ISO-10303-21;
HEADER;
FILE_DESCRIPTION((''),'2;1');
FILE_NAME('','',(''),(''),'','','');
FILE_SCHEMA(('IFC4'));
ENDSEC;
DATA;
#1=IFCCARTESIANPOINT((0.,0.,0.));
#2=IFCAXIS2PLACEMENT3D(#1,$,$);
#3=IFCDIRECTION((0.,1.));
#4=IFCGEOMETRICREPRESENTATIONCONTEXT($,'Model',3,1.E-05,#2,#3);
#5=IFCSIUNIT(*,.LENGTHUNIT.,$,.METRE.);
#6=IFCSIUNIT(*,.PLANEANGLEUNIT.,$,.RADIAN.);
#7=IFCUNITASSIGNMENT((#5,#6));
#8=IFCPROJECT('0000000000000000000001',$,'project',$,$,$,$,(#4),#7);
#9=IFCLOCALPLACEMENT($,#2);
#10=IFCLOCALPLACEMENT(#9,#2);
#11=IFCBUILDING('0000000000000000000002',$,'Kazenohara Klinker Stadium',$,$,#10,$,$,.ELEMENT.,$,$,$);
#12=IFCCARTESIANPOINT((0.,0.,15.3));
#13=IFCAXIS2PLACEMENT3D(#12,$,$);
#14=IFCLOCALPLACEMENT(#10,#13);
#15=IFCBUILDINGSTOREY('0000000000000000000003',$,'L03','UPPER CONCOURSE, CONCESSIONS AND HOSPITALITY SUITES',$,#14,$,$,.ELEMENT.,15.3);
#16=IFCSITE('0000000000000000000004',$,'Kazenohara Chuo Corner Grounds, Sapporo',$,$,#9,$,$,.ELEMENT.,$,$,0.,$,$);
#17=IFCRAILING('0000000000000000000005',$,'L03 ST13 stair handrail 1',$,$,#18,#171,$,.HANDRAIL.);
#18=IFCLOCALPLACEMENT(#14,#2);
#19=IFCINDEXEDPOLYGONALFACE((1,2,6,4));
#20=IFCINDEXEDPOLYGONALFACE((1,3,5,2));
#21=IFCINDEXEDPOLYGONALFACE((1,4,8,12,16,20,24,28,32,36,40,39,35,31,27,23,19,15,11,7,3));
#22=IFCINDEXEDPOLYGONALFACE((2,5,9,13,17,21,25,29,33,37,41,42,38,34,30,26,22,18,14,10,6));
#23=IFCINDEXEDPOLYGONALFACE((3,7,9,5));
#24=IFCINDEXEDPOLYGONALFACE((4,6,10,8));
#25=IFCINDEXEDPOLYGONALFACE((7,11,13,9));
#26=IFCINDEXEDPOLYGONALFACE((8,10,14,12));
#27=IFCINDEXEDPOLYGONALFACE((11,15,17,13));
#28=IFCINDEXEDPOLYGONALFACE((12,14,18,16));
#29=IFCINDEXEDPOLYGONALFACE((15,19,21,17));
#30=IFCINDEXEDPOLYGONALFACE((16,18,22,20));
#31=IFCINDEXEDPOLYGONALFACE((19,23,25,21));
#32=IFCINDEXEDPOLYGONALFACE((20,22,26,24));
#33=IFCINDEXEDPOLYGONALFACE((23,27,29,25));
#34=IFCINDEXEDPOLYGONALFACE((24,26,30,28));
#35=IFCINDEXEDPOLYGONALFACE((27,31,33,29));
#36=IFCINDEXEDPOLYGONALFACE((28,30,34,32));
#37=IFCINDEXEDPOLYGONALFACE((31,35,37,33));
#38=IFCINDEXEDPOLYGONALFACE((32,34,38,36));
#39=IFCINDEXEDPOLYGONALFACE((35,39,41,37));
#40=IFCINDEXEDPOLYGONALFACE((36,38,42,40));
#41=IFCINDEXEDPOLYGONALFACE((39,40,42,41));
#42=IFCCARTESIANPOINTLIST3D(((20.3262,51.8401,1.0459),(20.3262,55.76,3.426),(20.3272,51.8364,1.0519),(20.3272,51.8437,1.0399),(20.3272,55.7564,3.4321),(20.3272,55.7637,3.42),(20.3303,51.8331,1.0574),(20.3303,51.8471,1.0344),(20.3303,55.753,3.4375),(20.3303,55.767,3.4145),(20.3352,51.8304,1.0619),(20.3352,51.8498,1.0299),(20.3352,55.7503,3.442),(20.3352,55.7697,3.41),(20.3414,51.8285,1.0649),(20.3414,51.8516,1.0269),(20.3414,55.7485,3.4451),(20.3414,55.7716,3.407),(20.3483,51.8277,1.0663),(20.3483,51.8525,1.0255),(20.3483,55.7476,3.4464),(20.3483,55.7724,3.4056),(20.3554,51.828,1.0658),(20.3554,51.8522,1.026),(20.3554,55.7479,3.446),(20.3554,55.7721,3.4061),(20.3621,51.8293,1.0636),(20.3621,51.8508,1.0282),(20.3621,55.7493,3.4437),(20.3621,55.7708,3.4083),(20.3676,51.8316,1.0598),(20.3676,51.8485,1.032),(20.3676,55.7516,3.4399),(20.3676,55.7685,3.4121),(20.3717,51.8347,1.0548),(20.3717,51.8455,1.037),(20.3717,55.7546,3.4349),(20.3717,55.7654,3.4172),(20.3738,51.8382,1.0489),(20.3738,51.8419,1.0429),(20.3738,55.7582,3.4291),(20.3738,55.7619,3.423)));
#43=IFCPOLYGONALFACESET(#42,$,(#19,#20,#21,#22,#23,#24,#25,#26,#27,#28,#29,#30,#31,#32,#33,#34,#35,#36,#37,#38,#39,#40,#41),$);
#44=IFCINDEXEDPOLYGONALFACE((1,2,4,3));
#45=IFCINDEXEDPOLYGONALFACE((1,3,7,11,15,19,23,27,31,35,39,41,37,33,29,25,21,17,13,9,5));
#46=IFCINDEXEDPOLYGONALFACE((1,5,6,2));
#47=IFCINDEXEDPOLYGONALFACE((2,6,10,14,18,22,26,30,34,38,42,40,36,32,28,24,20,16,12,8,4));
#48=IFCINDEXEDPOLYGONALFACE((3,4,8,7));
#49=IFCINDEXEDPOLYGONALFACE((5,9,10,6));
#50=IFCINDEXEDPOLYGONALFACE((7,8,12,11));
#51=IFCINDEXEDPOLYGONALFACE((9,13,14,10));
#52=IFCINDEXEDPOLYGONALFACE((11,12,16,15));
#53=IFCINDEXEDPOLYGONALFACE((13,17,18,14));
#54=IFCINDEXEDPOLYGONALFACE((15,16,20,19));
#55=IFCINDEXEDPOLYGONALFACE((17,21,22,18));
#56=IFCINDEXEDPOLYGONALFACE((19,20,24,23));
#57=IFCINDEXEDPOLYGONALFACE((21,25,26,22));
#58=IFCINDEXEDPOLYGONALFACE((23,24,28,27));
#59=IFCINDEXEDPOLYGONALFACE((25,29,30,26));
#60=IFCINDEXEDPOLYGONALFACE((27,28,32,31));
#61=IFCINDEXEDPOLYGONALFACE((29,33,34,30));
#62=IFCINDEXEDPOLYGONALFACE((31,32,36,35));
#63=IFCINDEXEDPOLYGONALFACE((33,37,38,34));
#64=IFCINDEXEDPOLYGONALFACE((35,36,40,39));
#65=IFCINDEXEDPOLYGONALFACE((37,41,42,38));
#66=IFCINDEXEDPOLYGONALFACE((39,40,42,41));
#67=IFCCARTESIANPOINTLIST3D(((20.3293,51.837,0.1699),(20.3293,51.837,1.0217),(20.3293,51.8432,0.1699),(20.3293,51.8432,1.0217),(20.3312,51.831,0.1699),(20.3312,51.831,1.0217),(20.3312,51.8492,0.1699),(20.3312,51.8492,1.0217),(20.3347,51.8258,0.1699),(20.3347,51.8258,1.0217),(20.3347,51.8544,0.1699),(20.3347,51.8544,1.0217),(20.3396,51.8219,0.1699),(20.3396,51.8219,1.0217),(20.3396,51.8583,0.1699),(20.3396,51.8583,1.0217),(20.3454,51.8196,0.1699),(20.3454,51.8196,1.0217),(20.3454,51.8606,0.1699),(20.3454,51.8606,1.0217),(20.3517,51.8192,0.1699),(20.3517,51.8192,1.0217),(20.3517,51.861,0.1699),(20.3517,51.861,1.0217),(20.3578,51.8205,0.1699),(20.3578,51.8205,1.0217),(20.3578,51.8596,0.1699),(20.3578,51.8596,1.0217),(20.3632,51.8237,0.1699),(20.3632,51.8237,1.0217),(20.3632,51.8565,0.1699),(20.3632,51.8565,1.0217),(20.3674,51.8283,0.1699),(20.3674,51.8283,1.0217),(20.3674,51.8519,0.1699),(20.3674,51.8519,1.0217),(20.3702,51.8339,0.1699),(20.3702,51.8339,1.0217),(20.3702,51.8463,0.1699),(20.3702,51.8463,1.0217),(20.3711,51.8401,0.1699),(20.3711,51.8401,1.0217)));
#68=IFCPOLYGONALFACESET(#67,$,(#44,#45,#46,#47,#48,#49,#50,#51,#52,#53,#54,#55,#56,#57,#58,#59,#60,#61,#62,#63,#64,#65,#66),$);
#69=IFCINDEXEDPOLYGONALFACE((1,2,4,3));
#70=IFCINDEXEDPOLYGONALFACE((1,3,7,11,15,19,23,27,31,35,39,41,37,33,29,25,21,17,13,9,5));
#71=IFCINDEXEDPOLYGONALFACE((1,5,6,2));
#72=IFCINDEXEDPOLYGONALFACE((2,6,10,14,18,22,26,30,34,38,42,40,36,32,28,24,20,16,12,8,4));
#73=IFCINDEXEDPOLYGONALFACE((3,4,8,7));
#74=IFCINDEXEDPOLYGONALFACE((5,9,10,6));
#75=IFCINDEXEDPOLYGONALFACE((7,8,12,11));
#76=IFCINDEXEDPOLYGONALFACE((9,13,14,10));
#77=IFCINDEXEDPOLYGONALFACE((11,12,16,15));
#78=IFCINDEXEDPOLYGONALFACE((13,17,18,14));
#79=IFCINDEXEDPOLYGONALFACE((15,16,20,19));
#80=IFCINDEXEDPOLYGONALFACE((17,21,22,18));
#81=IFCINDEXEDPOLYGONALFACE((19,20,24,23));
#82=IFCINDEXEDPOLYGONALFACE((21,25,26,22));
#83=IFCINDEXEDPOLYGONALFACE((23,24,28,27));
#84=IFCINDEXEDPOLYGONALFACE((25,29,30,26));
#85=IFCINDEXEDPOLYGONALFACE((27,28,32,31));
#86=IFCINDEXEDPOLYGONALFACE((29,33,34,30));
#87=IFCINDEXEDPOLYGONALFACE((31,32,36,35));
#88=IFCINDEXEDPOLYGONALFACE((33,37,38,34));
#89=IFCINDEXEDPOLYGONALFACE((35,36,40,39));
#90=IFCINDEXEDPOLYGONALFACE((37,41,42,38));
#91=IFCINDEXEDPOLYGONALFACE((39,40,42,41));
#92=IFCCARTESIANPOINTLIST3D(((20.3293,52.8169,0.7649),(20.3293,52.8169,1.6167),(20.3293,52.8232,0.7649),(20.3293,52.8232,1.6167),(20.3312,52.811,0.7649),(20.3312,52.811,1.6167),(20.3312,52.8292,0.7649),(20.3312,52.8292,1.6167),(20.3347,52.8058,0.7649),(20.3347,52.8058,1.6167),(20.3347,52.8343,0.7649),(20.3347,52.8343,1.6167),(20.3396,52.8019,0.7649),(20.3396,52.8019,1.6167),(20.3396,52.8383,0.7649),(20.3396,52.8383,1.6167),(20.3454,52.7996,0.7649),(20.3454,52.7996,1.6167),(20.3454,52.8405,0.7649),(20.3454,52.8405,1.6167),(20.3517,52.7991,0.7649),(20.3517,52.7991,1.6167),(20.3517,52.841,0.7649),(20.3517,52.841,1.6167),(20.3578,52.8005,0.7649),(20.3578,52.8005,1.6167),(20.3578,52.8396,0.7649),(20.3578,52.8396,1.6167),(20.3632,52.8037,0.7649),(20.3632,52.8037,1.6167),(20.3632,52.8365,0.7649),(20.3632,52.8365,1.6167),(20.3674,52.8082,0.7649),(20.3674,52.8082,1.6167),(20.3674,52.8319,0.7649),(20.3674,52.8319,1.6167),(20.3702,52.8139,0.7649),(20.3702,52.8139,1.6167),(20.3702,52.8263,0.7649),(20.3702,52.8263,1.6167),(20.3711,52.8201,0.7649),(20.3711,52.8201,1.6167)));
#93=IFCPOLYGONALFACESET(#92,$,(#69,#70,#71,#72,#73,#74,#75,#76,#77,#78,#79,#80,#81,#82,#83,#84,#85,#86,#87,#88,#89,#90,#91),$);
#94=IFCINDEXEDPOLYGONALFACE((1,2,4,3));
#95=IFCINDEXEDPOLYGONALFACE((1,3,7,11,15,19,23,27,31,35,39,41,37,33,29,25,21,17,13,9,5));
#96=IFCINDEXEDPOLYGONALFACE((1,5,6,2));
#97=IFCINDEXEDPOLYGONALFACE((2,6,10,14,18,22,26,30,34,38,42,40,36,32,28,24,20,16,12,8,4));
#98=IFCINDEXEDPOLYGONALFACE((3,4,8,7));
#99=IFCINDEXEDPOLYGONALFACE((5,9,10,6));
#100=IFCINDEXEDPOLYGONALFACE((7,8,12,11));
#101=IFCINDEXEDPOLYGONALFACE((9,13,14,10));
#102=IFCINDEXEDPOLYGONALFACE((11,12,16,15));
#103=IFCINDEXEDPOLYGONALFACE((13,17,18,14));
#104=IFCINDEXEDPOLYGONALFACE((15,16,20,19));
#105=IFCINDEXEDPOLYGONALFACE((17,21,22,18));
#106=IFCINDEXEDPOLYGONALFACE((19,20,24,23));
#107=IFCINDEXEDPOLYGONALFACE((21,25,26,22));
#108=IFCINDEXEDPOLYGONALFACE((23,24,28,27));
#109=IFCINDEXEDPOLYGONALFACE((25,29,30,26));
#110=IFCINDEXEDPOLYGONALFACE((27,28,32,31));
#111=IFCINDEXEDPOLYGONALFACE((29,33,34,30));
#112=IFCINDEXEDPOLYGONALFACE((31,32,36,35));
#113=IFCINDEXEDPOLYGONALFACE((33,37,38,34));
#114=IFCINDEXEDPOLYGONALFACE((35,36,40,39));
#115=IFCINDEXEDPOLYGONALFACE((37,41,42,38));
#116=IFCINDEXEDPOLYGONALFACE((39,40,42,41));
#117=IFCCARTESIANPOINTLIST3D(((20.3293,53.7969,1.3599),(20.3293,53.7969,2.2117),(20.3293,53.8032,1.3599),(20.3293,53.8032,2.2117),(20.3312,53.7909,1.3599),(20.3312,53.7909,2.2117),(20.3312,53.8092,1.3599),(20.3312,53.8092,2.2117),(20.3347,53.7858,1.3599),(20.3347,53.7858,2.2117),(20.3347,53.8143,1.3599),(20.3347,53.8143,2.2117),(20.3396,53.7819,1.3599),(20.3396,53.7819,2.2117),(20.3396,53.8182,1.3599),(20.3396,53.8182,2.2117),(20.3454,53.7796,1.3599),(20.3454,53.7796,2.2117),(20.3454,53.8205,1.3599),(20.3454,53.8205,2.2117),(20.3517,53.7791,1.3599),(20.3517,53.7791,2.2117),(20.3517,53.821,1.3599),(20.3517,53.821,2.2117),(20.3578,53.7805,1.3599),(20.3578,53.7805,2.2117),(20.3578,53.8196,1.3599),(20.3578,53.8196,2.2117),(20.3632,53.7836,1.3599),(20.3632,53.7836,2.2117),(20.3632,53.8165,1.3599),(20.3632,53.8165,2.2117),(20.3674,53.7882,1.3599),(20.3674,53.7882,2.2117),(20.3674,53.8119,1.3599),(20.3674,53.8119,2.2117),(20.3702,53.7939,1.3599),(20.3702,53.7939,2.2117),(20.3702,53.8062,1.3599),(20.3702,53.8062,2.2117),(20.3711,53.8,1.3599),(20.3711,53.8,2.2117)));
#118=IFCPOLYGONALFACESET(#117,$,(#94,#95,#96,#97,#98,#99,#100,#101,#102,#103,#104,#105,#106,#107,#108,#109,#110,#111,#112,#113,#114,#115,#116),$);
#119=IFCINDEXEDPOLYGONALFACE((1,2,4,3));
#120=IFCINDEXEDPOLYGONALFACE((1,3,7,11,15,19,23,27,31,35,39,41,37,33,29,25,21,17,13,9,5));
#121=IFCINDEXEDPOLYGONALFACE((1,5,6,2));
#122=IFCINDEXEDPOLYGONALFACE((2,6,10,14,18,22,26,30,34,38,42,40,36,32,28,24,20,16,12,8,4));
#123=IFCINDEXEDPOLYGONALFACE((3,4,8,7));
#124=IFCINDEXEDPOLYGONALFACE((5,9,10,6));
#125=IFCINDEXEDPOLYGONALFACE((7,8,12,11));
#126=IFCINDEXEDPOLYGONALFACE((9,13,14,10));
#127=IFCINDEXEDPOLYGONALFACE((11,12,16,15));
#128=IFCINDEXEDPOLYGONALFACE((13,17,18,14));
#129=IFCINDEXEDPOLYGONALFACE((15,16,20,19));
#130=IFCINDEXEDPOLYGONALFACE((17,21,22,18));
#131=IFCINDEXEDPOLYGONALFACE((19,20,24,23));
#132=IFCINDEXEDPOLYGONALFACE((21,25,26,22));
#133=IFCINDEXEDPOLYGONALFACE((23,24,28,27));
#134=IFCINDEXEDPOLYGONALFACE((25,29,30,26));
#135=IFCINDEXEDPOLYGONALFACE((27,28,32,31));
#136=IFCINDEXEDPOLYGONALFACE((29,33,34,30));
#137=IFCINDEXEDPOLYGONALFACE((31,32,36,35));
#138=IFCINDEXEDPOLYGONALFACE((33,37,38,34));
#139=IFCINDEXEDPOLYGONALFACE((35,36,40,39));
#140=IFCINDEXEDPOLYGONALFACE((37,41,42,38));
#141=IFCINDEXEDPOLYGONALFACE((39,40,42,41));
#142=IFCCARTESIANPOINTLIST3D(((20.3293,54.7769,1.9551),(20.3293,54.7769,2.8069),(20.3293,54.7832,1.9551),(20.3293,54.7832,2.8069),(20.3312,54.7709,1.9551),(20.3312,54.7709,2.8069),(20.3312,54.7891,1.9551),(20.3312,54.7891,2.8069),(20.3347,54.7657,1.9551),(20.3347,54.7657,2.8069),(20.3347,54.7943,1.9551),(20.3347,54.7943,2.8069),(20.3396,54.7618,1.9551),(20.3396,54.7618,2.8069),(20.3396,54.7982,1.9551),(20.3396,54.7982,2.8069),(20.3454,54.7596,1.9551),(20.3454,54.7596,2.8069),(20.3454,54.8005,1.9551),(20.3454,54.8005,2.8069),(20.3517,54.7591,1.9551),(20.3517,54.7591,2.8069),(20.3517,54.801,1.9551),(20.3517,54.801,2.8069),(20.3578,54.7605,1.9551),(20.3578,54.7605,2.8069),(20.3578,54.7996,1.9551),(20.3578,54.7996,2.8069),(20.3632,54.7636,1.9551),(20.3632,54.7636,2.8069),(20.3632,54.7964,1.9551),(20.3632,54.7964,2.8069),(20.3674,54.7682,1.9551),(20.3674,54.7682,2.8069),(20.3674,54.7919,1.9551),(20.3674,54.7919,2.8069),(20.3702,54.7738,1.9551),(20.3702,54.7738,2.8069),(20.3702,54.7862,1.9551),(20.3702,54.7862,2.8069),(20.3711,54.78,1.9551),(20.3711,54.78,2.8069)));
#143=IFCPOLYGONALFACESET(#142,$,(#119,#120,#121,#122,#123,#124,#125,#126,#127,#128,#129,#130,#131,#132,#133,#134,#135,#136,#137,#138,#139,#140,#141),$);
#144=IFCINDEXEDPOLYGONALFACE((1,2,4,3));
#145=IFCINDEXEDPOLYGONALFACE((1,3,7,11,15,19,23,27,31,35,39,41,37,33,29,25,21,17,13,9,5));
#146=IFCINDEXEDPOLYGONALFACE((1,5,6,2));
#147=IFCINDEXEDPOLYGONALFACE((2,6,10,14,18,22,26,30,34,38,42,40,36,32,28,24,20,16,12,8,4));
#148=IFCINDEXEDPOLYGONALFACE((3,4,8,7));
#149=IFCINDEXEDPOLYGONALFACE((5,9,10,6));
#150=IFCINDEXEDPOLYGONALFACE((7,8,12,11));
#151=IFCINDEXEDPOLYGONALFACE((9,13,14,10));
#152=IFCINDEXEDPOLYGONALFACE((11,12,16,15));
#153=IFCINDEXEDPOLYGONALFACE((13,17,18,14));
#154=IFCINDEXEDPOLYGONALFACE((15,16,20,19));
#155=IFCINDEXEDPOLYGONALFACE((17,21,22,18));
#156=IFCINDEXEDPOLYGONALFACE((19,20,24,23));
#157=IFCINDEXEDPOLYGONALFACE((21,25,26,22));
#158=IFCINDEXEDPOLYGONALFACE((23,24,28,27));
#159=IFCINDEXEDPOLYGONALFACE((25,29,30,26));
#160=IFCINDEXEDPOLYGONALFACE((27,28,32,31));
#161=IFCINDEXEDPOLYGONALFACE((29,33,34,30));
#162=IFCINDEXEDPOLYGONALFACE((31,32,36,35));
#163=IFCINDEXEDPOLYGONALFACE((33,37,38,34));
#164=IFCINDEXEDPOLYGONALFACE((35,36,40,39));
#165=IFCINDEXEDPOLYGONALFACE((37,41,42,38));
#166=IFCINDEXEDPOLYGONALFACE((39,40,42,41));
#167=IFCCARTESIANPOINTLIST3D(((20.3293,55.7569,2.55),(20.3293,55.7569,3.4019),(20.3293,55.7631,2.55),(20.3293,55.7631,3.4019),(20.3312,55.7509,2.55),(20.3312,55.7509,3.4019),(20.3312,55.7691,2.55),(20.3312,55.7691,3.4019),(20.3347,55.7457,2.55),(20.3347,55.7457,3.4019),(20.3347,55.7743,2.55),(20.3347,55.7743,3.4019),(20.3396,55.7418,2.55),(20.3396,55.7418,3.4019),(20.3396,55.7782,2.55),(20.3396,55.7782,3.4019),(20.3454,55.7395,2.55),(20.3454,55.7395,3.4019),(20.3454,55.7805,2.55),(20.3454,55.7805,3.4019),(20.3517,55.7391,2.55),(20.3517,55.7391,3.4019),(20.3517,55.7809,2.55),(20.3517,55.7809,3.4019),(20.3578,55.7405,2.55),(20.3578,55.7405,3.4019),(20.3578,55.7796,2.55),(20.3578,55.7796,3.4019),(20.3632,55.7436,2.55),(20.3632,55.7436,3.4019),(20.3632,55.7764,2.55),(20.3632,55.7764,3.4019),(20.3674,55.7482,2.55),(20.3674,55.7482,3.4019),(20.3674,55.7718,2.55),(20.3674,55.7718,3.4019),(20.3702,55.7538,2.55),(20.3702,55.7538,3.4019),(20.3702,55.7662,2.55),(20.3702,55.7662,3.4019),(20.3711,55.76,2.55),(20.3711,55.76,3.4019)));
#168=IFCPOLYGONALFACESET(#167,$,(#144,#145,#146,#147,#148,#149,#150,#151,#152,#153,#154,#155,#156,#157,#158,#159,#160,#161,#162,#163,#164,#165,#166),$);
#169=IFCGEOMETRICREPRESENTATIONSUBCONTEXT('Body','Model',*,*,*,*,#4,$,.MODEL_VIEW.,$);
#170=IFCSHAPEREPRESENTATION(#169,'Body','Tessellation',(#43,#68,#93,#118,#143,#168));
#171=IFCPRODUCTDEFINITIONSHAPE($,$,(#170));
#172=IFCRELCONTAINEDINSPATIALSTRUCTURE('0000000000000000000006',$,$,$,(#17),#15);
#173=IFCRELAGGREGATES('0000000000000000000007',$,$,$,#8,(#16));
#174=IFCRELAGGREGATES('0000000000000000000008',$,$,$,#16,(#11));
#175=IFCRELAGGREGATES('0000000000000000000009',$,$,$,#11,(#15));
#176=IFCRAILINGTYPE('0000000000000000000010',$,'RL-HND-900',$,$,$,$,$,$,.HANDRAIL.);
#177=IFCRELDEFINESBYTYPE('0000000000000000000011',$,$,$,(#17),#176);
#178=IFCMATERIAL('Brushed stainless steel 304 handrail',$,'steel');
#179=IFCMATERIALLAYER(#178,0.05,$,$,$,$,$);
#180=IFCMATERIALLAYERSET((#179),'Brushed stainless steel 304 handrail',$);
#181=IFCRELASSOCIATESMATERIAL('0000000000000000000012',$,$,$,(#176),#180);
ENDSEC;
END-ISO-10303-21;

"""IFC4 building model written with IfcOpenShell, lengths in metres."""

from ifc_helpers import new_model, si_unit, direction, frame, origin, origin_2d, place, context, subcontext, project, spatial, circle, extrude, material, layer, layer_set, type_object, element, save


model = new_model("IFC4")

# Units and contexts
model_context = context("Model", 3, precision=1e-05, world=origin(), true_north=direction((0.0, 1.0)))
body_context = subcontext(model_context, "Body", "Model", "MODEL_VIEW")
ifc_project = project(units=[si_unit("LENGTHUNIT", "METRE"), si_unit("PLANEANGLEUNIT", "RADIAN")], contexts=[model_context])

# Site, building, storey
site_placement = place(None, origin())
site = spatial("IfcSite", under=ifc_project, at=site_placement, Name="Kazenohara Chuo Corner Grounds, Sapporo", CompositionType="ELEMENT", RefElevation=0.0)
building_placement = place(site_placement, origin())
building = spatial("IfcBuilding", under=site, at=building_placement, Name="Kazenohara Klinker Stadium", CompositionType="ELEMENT")
storey_placement = place(building_placement, frame((0.0, 0.0, 15.3)))
storey = spatial("IfcBuildingStorey", under=building, at=storey_placement, Name="L03", Description="UPPER CONCOURSE, CONCESSIONS AND HOSPITALITY SUITES", CompositionType="ELEMENT", Elevation=15.3)

# Railing
ifc_material_1 = material(Name="Brushed stainless steel 304 handrail", Category="steel")
ifc_layer_1 = layer(ifc_material_1, 0.05)
ifc_layer_set_1 = layer_set([ifc_layer_1], Name="Brushed stainless steel 304 handrail")
railing_type_1 = type_object("IfcRailingType", Name="RL-HND-900", PredefinedType="HANDRAIL", material=ifc_layer_set_1)
railing_1_placement = place(storey_placement, frame((20.3501, 51.8401, 0.1699)))
element("IfcRailing", 1, at=railing_1_placement, inside=storey, type_object=railing_type_1, Name="L03 ST13 stair handrail 1", PredefinedType="HANDRAIL", context=body_context, shape_type="SweptSolid", body=[
    extrude(circle(Radius=0.0239, at=origin_2d()), frame((0.0, 0.0, 0.876), z_axis=(0.0, 0.854771, 0.519006), x_axis=(-1.0, 0.0, 0.0)), (0.0, 0.0, 1.0), 4.5859),
    extrude(circle(Radius=0.021, at=origin_2d()), origin(), (0.0, 0.0, 1.0), 0.8518),
    extrude(circle(Radius=0.021, at=origin_2d()), frame((0.0, 0.98, 0.595)), (0.0, 0.0, 1.0), 0.8518),
    extrude(circle(Radius=0.021, at=origin_2d()), frame((0.0, 1.96, 1.1899)), (0.0, 0.0, 1.0), 0.8518),
    extrude(circle(Radius=0.021, at=origin_2d()), frame((0.0, 2.9399, 1.7852)), (0.0, 0.0, 1.0), 0.8518),
    extrude(circle(Radius=0.021, at=origin_2d()), frame((0.0, 3.9199, 2.3801)), (0.0, 0.0, 1.0), 0.8518),
])

save(model, "model.ifc")
